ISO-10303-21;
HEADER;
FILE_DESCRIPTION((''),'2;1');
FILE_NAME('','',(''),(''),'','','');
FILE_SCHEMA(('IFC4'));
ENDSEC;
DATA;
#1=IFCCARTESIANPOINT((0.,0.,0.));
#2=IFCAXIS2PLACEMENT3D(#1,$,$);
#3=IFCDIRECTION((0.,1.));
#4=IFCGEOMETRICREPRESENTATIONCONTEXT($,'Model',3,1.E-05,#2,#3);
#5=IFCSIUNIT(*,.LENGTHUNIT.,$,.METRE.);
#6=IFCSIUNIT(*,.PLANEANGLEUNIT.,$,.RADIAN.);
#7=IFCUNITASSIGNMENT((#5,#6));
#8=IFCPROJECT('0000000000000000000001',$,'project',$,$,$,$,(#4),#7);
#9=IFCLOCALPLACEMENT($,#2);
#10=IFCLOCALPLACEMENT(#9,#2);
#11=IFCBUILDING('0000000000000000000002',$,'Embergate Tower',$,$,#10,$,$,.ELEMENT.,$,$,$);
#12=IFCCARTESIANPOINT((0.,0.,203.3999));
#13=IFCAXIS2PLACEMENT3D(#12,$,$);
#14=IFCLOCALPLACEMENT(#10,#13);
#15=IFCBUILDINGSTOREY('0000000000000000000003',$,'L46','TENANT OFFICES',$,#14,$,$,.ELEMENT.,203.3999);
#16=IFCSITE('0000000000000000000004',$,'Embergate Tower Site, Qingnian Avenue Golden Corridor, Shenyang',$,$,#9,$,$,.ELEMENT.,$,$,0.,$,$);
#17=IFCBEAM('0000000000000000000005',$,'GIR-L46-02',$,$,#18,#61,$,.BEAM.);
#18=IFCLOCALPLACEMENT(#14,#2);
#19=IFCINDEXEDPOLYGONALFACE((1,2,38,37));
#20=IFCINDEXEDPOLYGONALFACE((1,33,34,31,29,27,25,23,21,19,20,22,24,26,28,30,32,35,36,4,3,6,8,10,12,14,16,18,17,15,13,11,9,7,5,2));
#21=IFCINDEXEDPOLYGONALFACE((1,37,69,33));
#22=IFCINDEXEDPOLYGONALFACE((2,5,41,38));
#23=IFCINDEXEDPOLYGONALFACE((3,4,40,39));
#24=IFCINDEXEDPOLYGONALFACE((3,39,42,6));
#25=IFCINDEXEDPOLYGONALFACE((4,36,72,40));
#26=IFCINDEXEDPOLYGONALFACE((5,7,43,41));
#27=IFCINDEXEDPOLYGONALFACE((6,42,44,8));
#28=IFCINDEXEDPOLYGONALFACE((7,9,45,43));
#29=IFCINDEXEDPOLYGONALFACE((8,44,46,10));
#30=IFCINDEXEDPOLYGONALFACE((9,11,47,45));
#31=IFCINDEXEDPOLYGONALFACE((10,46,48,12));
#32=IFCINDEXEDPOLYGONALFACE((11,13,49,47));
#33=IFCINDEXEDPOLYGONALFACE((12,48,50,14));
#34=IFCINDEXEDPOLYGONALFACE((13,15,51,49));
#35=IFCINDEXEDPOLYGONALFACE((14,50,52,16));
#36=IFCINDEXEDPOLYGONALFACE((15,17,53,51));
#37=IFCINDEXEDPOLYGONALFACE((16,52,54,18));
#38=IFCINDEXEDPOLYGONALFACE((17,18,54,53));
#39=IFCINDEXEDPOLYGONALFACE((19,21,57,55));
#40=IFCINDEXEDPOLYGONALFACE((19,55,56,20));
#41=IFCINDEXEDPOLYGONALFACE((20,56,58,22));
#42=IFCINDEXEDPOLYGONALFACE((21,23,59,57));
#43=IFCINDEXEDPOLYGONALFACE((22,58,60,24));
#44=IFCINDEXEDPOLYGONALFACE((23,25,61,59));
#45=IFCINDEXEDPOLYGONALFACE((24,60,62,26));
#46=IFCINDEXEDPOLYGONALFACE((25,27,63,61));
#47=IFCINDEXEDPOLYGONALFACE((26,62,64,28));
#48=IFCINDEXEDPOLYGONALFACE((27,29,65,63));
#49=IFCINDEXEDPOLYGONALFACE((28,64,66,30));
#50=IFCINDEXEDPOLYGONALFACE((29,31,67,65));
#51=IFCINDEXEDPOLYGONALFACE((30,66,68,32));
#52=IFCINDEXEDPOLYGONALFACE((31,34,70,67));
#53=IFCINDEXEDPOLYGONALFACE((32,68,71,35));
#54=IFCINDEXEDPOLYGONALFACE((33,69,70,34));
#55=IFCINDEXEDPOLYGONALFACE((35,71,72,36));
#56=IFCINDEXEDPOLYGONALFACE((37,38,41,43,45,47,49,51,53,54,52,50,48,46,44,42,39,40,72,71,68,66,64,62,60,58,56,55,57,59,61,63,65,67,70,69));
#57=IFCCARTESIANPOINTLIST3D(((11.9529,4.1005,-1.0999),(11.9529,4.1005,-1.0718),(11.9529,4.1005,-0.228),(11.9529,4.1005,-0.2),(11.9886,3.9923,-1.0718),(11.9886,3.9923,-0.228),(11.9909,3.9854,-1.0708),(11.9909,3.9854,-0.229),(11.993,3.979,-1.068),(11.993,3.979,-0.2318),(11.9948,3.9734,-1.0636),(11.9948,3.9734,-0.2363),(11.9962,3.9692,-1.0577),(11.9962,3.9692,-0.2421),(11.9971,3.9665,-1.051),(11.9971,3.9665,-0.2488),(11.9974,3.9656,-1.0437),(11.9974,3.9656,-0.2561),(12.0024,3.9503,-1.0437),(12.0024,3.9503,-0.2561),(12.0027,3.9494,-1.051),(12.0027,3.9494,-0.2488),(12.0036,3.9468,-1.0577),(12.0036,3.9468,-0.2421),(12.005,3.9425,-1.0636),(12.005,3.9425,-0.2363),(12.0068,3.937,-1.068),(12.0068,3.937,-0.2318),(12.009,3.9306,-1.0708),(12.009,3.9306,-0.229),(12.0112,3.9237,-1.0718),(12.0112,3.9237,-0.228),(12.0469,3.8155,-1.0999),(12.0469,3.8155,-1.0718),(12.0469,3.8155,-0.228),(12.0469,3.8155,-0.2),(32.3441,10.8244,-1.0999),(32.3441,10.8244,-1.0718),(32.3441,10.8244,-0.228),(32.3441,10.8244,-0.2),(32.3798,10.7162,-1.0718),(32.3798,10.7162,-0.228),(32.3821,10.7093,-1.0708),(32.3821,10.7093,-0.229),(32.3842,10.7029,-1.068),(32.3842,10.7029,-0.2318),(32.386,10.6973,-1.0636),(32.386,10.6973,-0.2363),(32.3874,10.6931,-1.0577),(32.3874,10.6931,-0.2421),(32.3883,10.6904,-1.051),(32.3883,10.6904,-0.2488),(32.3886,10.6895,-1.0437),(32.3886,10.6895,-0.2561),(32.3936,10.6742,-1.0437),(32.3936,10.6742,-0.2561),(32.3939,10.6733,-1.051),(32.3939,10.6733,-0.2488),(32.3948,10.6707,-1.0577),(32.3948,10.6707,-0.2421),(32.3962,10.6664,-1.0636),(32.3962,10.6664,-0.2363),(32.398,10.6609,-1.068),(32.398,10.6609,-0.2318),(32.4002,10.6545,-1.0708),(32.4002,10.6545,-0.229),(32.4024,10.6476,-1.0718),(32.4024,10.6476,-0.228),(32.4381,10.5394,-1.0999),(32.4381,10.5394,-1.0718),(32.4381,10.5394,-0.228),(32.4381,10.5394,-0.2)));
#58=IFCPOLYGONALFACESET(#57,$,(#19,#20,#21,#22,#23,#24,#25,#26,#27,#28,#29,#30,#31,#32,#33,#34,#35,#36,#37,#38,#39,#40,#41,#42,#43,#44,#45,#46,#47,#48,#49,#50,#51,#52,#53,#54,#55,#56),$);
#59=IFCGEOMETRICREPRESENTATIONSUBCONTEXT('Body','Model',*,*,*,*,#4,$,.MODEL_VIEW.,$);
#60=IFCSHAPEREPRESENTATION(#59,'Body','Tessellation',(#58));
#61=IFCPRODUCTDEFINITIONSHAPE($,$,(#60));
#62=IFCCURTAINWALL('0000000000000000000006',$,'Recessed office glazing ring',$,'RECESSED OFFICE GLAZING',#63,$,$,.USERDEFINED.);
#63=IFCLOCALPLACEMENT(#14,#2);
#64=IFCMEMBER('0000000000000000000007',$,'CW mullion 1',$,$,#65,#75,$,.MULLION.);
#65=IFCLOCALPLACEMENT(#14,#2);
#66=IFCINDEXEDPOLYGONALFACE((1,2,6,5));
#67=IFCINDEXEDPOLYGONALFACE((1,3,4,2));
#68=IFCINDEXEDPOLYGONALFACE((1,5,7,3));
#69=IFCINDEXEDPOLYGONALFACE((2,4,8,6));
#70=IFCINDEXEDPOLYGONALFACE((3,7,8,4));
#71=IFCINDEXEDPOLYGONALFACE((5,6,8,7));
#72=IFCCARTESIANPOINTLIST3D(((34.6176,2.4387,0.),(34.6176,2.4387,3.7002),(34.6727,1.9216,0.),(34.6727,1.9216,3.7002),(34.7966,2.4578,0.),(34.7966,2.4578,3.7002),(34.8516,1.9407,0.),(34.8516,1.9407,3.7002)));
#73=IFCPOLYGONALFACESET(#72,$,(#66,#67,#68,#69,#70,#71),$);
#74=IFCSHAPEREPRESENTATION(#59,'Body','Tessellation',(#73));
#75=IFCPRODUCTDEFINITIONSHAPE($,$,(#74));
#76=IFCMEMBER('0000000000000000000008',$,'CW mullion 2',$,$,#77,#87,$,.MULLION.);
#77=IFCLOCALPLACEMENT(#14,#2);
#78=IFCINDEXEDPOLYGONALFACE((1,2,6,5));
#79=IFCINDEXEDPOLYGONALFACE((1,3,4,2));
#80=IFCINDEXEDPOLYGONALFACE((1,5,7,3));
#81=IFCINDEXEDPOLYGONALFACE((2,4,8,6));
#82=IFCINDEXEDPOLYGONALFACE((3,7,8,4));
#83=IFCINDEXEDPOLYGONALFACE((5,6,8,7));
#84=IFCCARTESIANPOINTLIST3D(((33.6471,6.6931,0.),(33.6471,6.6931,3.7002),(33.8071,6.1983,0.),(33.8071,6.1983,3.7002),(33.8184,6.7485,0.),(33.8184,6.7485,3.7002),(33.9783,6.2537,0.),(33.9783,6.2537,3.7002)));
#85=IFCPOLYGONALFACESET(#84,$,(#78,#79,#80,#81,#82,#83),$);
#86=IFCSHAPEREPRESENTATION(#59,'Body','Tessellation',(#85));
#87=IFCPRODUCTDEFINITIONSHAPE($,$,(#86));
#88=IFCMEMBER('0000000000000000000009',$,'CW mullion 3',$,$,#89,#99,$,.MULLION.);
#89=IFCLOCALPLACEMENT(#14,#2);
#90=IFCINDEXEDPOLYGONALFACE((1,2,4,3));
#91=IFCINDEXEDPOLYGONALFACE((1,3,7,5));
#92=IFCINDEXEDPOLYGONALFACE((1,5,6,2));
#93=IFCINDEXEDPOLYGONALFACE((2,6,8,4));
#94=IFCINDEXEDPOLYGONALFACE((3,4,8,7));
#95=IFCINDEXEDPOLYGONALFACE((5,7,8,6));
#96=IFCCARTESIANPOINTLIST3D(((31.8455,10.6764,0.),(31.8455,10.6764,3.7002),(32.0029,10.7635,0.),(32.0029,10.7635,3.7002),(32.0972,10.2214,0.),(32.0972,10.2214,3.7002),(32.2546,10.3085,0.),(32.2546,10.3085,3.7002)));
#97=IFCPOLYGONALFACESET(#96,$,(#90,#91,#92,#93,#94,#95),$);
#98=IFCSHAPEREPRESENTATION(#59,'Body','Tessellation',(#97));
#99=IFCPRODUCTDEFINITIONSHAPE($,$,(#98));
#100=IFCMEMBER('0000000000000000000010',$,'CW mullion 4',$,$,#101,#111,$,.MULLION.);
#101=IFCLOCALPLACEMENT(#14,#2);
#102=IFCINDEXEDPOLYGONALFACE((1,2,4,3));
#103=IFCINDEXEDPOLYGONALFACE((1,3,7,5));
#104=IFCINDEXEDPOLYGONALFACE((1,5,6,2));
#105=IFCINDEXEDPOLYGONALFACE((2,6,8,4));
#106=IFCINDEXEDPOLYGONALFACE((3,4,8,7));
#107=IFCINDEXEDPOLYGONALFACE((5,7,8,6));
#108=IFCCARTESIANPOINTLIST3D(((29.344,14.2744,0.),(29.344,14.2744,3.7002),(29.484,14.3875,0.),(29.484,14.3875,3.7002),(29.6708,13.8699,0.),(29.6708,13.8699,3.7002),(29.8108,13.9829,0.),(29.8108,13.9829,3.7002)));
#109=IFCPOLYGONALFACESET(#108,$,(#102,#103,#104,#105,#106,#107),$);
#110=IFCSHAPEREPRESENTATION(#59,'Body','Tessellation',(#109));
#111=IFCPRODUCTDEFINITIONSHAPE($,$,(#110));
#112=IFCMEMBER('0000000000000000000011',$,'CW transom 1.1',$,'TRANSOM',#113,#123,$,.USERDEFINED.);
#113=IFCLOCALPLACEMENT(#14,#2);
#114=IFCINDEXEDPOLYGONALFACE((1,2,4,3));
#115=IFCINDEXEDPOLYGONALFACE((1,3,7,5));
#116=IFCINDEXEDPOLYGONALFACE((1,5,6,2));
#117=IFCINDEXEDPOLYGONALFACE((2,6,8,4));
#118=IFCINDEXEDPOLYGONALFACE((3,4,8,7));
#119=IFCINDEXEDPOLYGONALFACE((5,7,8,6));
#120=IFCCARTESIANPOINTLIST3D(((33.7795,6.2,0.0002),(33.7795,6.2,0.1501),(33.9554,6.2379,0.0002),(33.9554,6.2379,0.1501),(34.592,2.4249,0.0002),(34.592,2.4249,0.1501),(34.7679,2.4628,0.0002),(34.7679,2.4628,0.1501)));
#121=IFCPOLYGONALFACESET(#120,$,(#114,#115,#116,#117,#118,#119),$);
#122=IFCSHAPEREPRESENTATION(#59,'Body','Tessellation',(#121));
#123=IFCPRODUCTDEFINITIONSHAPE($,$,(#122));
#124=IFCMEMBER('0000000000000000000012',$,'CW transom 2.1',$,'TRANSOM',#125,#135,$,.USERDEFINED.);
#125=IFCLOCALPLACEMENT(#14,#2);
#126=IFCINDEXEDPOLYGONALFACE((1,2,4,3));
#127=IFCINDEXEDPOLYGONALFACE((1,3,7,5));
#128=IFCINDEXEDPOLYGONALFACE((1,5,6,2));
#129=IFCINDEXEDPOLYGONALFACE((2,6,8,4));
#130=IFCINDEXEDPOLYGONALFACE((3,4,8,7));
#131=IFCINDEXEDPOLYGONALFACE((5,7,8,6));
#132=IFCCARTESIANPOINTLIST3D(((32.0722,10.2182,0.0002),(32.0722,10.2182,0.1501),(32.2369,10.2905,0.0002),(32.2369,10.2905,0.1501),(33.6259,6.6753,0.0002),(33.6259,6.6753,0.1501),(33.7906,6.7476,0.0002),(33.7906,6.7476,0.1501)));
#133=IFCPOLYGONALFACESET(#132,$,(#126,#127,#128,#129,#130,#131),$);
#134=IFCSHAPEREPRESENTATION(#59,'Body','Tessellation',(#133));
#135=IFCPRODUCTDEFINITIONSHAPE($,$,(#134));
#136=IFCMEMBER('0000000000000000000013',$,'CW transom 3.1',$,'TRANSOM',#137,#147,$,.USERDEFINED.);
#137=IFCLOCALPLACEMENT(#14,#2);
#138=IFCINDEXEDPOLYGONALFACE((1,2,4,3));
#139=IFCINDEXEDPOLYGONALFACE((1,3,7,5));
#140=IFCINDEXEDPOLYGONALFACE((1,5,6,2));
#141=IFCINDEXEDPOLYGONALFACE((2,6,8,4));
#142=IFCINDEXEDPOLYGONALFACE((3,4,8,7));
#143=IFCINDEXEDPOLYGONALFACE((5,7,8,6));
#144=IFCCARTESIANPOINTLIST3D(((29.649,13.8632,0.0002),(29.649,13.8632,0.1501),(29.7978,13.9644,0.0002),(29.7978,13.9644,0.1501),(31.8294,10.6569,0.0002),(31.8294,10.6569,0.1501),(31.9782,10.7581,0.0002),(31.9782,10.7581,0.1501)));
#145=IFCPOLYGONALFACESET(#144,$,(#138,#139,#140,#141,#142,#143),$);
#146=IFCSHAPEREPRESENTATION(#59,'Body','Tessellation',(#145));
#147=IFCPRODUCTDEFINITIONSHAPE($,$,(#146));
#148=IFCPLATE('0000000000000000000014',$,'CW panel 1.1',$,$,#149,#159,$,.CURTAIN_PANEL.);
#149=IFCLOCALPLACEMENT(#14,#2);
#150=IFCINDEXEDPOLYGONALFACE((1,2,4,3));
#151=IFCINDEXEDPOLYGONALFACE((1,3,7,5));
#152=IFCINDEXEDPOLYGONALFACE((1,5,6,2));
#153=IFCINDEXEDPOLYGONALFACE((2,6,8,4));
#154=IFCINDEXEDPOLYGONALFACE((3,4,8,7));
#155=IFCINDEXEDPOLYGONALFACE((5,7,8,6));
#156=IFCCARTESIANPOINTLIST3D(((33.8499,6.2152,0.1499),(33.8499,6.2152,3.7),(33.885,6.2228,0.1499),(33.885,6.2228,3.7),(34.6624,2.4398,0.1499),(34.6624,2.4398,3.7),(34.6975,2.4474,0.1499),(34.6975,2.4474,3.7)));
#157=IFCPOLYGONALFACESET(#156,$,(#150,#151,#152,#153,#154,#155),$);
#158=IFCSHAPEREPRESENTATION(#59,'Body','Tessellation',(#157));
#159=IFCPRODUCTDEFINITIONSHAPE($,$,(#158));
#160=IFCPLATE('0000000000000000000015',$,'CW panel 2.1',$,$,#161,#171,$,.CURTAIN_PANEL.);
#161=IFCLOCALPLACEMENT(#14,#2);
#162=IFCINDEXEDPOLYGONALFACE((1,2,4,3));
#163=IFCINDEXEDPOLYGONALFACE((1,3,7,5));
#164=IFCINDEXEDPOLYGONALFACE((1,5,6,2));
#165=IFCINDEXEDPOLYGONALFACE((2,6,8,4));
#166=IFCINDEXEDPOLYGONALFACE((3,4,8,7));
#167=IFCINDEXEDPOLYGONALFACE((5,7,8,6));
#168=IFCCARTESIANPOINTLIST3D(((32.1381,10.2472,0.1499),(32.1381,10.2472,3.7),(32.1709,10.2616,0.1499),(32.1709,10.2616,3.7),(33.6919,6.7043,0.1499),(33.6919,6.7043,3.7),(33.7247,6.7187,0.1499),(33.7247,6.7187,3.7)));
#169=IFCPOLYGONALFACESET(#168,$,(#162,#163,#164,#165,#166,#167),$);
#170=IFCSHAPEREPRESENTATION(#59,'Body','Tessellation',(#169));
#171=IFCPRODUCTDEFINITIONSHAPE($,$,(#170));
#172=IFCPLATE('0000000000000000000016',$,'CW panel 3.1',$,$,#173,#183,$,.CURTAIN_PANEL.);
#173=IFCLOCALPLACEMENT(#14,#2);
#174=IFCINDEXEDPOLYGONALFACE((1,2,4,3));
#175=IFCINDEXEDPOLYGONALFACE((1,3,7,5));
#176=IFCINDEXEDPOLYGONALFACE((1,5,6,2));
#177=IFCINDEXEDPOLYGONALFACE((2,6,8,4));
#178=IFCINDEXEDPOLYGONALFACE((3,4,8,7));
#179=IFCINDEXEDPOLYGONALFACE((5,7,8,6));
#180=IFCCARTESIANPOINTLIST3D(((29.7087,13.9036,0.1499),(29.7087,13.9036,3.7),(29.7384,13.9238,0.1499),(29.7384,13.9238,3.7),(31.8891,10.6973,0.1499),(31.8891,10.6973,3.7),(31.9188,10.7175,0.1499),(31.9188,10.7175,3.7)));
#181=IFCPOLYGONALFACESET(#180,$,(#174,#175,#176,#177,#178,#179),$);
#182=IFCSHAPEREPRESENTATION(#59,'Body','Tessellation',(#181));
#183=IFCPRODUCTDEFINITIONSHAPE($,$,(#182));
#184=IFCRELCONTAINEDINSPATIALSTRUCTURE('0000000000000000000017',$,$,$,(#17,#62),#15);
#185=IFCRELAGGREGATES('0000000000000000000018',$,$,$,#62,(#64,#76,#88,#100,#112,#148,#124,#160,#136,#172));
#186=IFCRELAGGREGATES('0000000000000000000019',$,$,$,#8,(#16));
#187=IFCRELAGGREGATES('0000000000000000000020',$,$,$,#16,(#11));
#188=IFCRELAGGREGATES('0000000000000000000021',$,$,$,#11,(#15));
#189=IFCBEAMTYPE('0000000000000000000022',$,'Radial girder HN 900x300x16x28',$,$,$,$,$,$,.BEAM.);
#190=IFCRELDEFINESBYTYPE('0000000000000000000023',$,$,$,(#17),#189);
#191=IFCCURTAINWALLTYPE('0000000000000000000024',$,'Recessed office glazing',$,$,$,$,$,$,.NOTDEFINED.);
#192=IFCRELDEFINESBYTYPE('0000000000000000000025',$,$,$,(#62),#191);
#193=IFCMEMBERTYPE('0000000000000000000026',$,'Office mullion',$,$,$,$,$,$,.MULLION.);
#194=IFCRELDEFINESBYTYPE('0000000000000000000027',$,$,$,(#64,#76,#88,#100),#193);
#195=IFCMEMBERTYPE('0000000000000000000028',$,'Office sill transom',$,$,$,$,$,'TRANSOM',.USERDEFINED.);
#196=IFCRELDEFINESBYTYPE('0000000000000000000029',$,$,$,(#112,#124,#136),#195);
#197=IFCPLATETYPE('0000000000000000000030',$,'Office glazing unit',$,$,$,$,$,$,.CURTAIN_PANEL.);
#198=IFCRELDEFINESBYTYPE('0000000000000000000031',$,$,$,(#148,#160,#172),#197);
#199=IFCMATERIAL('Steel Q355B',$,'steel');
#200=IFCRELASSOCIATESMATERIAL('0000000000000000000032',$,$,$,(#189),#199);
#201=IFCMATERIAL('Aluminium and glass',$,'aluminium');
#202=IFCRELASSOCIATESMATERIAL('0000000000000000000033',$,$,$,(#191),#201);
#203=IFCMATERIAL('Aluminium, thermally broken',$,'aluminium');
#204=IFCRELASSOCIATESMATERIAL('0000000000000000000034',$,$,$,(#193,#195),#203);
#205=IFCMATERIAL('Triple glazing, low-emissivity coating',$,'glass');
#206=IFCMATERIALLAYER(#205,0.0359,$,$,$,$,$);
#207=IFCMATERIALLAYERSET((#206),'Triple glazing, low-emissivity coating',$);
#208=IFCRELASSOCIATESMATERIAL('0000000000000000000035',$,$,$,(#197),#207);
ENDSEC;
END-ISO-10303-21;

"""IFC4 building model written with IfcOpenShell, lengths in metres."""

from ifc_helpers import new_model, si_unit, direction, frame, origin, origin_2d, place, context, subcontext, project, spatial, rectangle, i_section, extrude, source, transform, mapped, material, layer, layer_set, material_profile, profile_set, type_object, element, aggregate, save


model = new_model("IFC4")

# Units and contexts
model_context = context("Model", 3, precision=1e-05, world=origin(), true_north=direction((0.0, 1.0)))
body_context = subcontext(model_context, "Body", "Model", "MODEL_VIEW")
ifc_project = project(units=[si_unit("LENGTHUNIT", "METRE"), si_unit("PLANEANGLEUNIT", "RADIAN")], contexts=[model_context])

# Site, building, storey
site_placement = place(None, origin())
site = spatial("IfcSite", under=ifc_project, at=site_placement, Name="Embergate Tower Site, Qingnian Avenue Golden Corridor, Shenyang", CompositionType="ELEMENT", RefElevation=0.0)
building_placement = place(site_placement, origin())
building = spatial("IfcBuilding", under=site, at=building_placement, Name="Embergate Tower", CompositionType="ELEMENT")
storey_placement = place(building_placement, frame((0.0, 0.0, 203.3999)))
storey = spatial("IfcBuildingStorey", under=building, at=storey_placement, Name="L46", Description="TENANT OFFICES", CompositionType="ELEMENT", Elevation=203.3999)

# Beam
ifc_material_1 = material(Name="Steel Q355B", Category="steel")
ifc_material_profile_1 = material_profile(ifc_material_1, i_section(OverallWidth=0.3, OverallDepth=0.8999, WebThickness=0.0161, FlangeThickness=0.0281, FilletRadius=0.0281, at=origin_2d()), Name="HN 900x300x16x28")
ifc_profile_set_1 = profile_set([ifc_material_profile_1], Name="Steel Q355 grade B")
beam_type_1 = type_object("IfcBeamType", Name="Radial girder HN 900x300x16x28", PredefinedType="BEAM", material=ifc_profile_set_1)
shared_shape_1 = source(origin(), body_context, "Body", "SweptSolid", [
    extrude(i_section(OverallWidth=0.3, OverallDepth=0.8999, WebThickness=0.0161, FlangeThickness=0.0281, FilletRadius=0.0281, at=origin_2d()), origin(), (0.0, 0.0, 1.0), 21.4712),
])
beam_1_placement = place(storey_placement, frame((32.3911, 10.6819, -0.6499), z_axis=(-0.949701, -0.313159, 0.0), x_axis=(0.313159, -0.949701, 0.0)))
element("IfcBeam", 1, at=beam_1_placement, inside=storey, type_object=beam_type_1, Name="GIR-L46-02", PredefinedType="BEAM", context=body_context, shape_type="MappedRepresentation", body=[
    mapped(shared_shape_1, transform((0.0, 0.0, 0.0))),
])

# Curtain wall, members, plates
ifc_material_2 = material(Name="Aluminium and glass", Category="aluminium")
curtain_wall_type = type_object("IfcCurtainWallType", Name="Recessed office glazing", PredefinedType="NOTDEFINED", material=ifc_material_2)
curtain_wall_placement = place(storey_placement, origin())
curtain_wall = element("IfcCurtainWall", 2, at=curtain_wall_placement, inside=storey, type_object=curtain_wall_type, Name="Recessed office glazing ring", ObjectType="RECESSED OFFICE GLAZING", PredefinedType="USERDEFINED")
ifc_material_3 = material(Name="Aluminium, thermally broken", Category="aluminium")
ifc_material_profile_2 = material_profile(ifc_material_3, rectangle(XDim=0.1799, YDim=0.52, at=origin_2d()), Name="AL 520x180")
ifc_profile_set_2 = profile_set([ifc_material_profile_2], Name="Aluminium, thermally broken")
member_type_1 = type_object("IfcMemberType", Name="Office mullion", PredefinedType="MULLION", material=ifc_profile_set_2)
shared_shape_2 = source(origin(), body_context, "Body", "SweptSolid", [
    extrude(rectangle(XDim=0.1799, YDim=0.52, at=origin_2d()), origin(), (0.0, 0.0, 1.0), 3.7002),
])
member_1_placement = place(storey_placement, frame((34.7346, 2.1897, 0.0), z_axis=(0.0, 0.0, 1.0), x_axis=(-0.994385, -0.105822, 0.0)))
member_1 = element("IfcMember", 3, at=member_1_placement, type_object=member_type_1, Name="CW mullion 1", PredefinedType="MULLION", context=body_context, shape_type="MappedRepresentation", body=[
    mapped(shared_shape_2, transform((0.0, 0.0, 0.0))),
])
member_2_placement = place(storey_placement, frame((33.8127, 6.4734, 0.0), z_axis=(0.0, 0.0, 1.0), x_axis=(-0.951499, -0.307651, 0.0)))
member_2 = element("IfcMember", 4, at=member_2_placement, type_object=member_type_1, Name="CW mullion 2", PredefinedType="MULLION", context=body_context, shape_type="MappedRepresentation", body=[
    mapped(shared_shape_2, transform((0.0, 0.0, 0.0))),
])
member_3_placement = place(storey_placement, frame((32.05, 10.4924, 0.0), z_axis=(0.0, 0.0, 1.0), x_axis=(-0.875006, -0.484112, 0.0)))
member_3 = element("IfcMember", 5, at=member_3_placement, type_object=member_type_1, Name="CW mullion 3", PredefinedType="MULLION", context=body_context, shape_type="MappedRepresentation", body=[
    mapped(shared_shape_2, transform((0.0, 0.0, 0.0))),
])
member_4_placement = place(storey_placement, frame((29.5774, 14.1287, 0.0), z_axis=(0.0, 0.0, 1.0), x_axis=(-0.777879, -0.628414, 0.0)))
member_4 = element("IfcMember", 6, at=member_4_placement, type_object=member_type_1, Name="CW mullion 4", PredefinedType="MULLION", context=body_context, shape_type="MappedRepresentation", body=[
    mapped(shared_shape_2, transform((0.0, 0.0, 0.0))),
])
ifc_material_profile_3 = material_profile(ifc_material_3, rectangle(XDim=0.1799, YDim=0.1499, at=origin_2d()), Name="AL 150x180")
ifc_profile_set_3 = profile_set([ifc_material_profile_3], Name="Aluminium, thermally broken")
member_type_2 = type_object("IfcMemberType", Name="Office sill transom", ElementType="TRANSOM", PredefinedType="USERDEFINED", material=ifc_profile_set_3)
shared_shape_3 = source(origin(), body_context, "Body", "SweptSolid", [
    extrude(rectangle(XDim=0.1799, YDim=0.1499, at=origin_2d()), origin(), (0.0, 0.0, 1.0), 3.8616),
])
member_5_placement = place(storey_placement, frame((34.6799, 2.4438, 0.0752), z_axis=(-0.210405, 0.977614, 0.0), x_axis=(-0.977614, -0.210405, 0.0)))
member_5 = element("IfcMember", 7, at=member_5_placement, type_object=member_type_2, Name="CW transom 1.1", ObjectType="TRANSOM", PredefinedType="USERDEFINED", context=body_context, shape_type="MappedRepresentation", body=[
    mapped(shared_shape_3, transform((0.0, 0.0, 0.0))),
])
shared_shape_4 = source(origin(), body_context, "Body", "SweptSolid", [
    extrude(rectangle(XDim=0.1799, YDim=0.1499, at=origin_2d()), origin(), (0.0, 0.0, 1.0), 3.8687),
])
member_6_placement = place(storey_placement, frame((33.7083, 6.7114, 0.0752), z_axis=(-0.401613, 0.915809, 0.0), x_axis=(-0.915809, -0.401613, 0.0)))
member_6 = element("IfcMember", 8, at=member_6_placement, type_object=member_type_2, Name="CW transom 2.1", ObjectType="TRANSOM", PredefinedType="USERDEFINED", context=body_context, shape_type="MappedRepresentation", body=[
    mapped(shared_shape_4, transform((0.0, 0.0, 0.0))),
])
shared_shape_5 = source(origin(), body_context, "Body", "SweptSolid", [
    extrude(rectangle(XDim=0.1799, YDim=0.1499, at=origin_2d()), origin(), (0.0, 0.0, 1.0), 3.8774),
])
member_7_placement = place(storey_placement, frame((31.9038, 10.7075, 0.0752), z_axis=(-0.562334, 0.82691, 0.0), x_axis=(-0.82691, -0.562334, 0.0)))
member_7 = element("IfcMember", 9, at=member_7_placement, type_object=member_type_2, Name="CW transom 3.1", ObjectType="TRANSOM", PredefinedType="USERDEFINED", context=body_context, shape_type="MappedRepresentation", body=[
    mapped(shared_shape_5, transform((0.0, 0.0, 0.0))),
])
ifc_material_4 = material(Name="Triple glazing, low-emissivity coating", Category="glass")
ifc_layer_1 = layer(ifc_material_4, 0.0359)
ifc_layer_set_1 = layer_set([ifc_layer_1], Name="Triple glazing, low-emissivity coating")
plate_type = type_object("IfcPlateType", Name="Office glazing unit", PredefinedType="CURTAIN_PANEL", material=ifc_layer_set_1)
shared_shape_6 = source(origin(), body_context, "Body", "SweptSolid", [
    extrude(rectangle(XDim=3.8618, YDim=0.0359, at=origin_2d()), origin(), (0.0, 0.0, 1.0), 3.55),
])
plate_1_placement = place(storey_placement, frame((34.2737, 4.3313, 0.1499), z_axis=(0.0, 0.0, 1.0), x_axis=(-0.210393, 0.977617, 0.0)))
plate_1 = element("IfcPlate", 10, at=plate_1_placement, type_object=plate_type, Name="CW panel 1.1", PredefinedType="CURTAIN_PANEL", context=body_context, shape_type="MappedRepresentation", body=[
    mapped(shared_shape_6, transform((0.0, 0.0, 0.0))),
])
shared_shape_7 = source(origin(), body_context, "Body", "SweptSolid", [
    extrude(rectangle(XDim=3.8687, YDim=0.0359, at=origin_2d()), origin(), (0.0, 0.0, 1.0), 3.55),
])
plate_2_placement = place(storey_placement, frame((32.9314, 8.4829, 0.1499), z_axis=(0.0, 0.0, 1.0), x_axis=(-0.401644, 0.915796, 0.0)))
plate_2 = element("IfcPlate", 11, at=plate_2_placement, type_object=plate_type, Name="CW panel 2.1", PredefinedType="CURTAIN_PANEL", context=body_context, shape_type="MappedRepresentation", body=[
    mapped(shared_shape_7, transform((0.0, 0.0, 0.0))),
])
shared_shape_8 = source(origin(), body_context, "Body", "SweptSolid", [
    extrude(rectangle(XDim=3.8774, YDim=0.0359, at=origin_2d()), origin(), (0.0, 0.0, 1.0), 3.55),
])
plate_3_placement = place(storey_placement, frame((30.8137, 12.3105, 0.1499), z_axis=(0.0, 0.0, 1.0), x_axis=(-0.562332, 0.826912, 0.0)))
plate_3 = element("IfcPlate", 12, at=plate_3_placement, type_object=plate_type, Name="CW panel 3.1", PredefinedType="CURTAIN_PANEL", context=body_context, shape_type="MappedRepresentation", body=[
    mapped(shared_shape_8, transform((0.0, 0.0, 0.0))),
])
aggregate(curtain_wall, [member_1, member_2, member_3, member_4, member_5, plate_1, member_6, plate_2, member_7, plate_3])

save(model, "model.ifc")
